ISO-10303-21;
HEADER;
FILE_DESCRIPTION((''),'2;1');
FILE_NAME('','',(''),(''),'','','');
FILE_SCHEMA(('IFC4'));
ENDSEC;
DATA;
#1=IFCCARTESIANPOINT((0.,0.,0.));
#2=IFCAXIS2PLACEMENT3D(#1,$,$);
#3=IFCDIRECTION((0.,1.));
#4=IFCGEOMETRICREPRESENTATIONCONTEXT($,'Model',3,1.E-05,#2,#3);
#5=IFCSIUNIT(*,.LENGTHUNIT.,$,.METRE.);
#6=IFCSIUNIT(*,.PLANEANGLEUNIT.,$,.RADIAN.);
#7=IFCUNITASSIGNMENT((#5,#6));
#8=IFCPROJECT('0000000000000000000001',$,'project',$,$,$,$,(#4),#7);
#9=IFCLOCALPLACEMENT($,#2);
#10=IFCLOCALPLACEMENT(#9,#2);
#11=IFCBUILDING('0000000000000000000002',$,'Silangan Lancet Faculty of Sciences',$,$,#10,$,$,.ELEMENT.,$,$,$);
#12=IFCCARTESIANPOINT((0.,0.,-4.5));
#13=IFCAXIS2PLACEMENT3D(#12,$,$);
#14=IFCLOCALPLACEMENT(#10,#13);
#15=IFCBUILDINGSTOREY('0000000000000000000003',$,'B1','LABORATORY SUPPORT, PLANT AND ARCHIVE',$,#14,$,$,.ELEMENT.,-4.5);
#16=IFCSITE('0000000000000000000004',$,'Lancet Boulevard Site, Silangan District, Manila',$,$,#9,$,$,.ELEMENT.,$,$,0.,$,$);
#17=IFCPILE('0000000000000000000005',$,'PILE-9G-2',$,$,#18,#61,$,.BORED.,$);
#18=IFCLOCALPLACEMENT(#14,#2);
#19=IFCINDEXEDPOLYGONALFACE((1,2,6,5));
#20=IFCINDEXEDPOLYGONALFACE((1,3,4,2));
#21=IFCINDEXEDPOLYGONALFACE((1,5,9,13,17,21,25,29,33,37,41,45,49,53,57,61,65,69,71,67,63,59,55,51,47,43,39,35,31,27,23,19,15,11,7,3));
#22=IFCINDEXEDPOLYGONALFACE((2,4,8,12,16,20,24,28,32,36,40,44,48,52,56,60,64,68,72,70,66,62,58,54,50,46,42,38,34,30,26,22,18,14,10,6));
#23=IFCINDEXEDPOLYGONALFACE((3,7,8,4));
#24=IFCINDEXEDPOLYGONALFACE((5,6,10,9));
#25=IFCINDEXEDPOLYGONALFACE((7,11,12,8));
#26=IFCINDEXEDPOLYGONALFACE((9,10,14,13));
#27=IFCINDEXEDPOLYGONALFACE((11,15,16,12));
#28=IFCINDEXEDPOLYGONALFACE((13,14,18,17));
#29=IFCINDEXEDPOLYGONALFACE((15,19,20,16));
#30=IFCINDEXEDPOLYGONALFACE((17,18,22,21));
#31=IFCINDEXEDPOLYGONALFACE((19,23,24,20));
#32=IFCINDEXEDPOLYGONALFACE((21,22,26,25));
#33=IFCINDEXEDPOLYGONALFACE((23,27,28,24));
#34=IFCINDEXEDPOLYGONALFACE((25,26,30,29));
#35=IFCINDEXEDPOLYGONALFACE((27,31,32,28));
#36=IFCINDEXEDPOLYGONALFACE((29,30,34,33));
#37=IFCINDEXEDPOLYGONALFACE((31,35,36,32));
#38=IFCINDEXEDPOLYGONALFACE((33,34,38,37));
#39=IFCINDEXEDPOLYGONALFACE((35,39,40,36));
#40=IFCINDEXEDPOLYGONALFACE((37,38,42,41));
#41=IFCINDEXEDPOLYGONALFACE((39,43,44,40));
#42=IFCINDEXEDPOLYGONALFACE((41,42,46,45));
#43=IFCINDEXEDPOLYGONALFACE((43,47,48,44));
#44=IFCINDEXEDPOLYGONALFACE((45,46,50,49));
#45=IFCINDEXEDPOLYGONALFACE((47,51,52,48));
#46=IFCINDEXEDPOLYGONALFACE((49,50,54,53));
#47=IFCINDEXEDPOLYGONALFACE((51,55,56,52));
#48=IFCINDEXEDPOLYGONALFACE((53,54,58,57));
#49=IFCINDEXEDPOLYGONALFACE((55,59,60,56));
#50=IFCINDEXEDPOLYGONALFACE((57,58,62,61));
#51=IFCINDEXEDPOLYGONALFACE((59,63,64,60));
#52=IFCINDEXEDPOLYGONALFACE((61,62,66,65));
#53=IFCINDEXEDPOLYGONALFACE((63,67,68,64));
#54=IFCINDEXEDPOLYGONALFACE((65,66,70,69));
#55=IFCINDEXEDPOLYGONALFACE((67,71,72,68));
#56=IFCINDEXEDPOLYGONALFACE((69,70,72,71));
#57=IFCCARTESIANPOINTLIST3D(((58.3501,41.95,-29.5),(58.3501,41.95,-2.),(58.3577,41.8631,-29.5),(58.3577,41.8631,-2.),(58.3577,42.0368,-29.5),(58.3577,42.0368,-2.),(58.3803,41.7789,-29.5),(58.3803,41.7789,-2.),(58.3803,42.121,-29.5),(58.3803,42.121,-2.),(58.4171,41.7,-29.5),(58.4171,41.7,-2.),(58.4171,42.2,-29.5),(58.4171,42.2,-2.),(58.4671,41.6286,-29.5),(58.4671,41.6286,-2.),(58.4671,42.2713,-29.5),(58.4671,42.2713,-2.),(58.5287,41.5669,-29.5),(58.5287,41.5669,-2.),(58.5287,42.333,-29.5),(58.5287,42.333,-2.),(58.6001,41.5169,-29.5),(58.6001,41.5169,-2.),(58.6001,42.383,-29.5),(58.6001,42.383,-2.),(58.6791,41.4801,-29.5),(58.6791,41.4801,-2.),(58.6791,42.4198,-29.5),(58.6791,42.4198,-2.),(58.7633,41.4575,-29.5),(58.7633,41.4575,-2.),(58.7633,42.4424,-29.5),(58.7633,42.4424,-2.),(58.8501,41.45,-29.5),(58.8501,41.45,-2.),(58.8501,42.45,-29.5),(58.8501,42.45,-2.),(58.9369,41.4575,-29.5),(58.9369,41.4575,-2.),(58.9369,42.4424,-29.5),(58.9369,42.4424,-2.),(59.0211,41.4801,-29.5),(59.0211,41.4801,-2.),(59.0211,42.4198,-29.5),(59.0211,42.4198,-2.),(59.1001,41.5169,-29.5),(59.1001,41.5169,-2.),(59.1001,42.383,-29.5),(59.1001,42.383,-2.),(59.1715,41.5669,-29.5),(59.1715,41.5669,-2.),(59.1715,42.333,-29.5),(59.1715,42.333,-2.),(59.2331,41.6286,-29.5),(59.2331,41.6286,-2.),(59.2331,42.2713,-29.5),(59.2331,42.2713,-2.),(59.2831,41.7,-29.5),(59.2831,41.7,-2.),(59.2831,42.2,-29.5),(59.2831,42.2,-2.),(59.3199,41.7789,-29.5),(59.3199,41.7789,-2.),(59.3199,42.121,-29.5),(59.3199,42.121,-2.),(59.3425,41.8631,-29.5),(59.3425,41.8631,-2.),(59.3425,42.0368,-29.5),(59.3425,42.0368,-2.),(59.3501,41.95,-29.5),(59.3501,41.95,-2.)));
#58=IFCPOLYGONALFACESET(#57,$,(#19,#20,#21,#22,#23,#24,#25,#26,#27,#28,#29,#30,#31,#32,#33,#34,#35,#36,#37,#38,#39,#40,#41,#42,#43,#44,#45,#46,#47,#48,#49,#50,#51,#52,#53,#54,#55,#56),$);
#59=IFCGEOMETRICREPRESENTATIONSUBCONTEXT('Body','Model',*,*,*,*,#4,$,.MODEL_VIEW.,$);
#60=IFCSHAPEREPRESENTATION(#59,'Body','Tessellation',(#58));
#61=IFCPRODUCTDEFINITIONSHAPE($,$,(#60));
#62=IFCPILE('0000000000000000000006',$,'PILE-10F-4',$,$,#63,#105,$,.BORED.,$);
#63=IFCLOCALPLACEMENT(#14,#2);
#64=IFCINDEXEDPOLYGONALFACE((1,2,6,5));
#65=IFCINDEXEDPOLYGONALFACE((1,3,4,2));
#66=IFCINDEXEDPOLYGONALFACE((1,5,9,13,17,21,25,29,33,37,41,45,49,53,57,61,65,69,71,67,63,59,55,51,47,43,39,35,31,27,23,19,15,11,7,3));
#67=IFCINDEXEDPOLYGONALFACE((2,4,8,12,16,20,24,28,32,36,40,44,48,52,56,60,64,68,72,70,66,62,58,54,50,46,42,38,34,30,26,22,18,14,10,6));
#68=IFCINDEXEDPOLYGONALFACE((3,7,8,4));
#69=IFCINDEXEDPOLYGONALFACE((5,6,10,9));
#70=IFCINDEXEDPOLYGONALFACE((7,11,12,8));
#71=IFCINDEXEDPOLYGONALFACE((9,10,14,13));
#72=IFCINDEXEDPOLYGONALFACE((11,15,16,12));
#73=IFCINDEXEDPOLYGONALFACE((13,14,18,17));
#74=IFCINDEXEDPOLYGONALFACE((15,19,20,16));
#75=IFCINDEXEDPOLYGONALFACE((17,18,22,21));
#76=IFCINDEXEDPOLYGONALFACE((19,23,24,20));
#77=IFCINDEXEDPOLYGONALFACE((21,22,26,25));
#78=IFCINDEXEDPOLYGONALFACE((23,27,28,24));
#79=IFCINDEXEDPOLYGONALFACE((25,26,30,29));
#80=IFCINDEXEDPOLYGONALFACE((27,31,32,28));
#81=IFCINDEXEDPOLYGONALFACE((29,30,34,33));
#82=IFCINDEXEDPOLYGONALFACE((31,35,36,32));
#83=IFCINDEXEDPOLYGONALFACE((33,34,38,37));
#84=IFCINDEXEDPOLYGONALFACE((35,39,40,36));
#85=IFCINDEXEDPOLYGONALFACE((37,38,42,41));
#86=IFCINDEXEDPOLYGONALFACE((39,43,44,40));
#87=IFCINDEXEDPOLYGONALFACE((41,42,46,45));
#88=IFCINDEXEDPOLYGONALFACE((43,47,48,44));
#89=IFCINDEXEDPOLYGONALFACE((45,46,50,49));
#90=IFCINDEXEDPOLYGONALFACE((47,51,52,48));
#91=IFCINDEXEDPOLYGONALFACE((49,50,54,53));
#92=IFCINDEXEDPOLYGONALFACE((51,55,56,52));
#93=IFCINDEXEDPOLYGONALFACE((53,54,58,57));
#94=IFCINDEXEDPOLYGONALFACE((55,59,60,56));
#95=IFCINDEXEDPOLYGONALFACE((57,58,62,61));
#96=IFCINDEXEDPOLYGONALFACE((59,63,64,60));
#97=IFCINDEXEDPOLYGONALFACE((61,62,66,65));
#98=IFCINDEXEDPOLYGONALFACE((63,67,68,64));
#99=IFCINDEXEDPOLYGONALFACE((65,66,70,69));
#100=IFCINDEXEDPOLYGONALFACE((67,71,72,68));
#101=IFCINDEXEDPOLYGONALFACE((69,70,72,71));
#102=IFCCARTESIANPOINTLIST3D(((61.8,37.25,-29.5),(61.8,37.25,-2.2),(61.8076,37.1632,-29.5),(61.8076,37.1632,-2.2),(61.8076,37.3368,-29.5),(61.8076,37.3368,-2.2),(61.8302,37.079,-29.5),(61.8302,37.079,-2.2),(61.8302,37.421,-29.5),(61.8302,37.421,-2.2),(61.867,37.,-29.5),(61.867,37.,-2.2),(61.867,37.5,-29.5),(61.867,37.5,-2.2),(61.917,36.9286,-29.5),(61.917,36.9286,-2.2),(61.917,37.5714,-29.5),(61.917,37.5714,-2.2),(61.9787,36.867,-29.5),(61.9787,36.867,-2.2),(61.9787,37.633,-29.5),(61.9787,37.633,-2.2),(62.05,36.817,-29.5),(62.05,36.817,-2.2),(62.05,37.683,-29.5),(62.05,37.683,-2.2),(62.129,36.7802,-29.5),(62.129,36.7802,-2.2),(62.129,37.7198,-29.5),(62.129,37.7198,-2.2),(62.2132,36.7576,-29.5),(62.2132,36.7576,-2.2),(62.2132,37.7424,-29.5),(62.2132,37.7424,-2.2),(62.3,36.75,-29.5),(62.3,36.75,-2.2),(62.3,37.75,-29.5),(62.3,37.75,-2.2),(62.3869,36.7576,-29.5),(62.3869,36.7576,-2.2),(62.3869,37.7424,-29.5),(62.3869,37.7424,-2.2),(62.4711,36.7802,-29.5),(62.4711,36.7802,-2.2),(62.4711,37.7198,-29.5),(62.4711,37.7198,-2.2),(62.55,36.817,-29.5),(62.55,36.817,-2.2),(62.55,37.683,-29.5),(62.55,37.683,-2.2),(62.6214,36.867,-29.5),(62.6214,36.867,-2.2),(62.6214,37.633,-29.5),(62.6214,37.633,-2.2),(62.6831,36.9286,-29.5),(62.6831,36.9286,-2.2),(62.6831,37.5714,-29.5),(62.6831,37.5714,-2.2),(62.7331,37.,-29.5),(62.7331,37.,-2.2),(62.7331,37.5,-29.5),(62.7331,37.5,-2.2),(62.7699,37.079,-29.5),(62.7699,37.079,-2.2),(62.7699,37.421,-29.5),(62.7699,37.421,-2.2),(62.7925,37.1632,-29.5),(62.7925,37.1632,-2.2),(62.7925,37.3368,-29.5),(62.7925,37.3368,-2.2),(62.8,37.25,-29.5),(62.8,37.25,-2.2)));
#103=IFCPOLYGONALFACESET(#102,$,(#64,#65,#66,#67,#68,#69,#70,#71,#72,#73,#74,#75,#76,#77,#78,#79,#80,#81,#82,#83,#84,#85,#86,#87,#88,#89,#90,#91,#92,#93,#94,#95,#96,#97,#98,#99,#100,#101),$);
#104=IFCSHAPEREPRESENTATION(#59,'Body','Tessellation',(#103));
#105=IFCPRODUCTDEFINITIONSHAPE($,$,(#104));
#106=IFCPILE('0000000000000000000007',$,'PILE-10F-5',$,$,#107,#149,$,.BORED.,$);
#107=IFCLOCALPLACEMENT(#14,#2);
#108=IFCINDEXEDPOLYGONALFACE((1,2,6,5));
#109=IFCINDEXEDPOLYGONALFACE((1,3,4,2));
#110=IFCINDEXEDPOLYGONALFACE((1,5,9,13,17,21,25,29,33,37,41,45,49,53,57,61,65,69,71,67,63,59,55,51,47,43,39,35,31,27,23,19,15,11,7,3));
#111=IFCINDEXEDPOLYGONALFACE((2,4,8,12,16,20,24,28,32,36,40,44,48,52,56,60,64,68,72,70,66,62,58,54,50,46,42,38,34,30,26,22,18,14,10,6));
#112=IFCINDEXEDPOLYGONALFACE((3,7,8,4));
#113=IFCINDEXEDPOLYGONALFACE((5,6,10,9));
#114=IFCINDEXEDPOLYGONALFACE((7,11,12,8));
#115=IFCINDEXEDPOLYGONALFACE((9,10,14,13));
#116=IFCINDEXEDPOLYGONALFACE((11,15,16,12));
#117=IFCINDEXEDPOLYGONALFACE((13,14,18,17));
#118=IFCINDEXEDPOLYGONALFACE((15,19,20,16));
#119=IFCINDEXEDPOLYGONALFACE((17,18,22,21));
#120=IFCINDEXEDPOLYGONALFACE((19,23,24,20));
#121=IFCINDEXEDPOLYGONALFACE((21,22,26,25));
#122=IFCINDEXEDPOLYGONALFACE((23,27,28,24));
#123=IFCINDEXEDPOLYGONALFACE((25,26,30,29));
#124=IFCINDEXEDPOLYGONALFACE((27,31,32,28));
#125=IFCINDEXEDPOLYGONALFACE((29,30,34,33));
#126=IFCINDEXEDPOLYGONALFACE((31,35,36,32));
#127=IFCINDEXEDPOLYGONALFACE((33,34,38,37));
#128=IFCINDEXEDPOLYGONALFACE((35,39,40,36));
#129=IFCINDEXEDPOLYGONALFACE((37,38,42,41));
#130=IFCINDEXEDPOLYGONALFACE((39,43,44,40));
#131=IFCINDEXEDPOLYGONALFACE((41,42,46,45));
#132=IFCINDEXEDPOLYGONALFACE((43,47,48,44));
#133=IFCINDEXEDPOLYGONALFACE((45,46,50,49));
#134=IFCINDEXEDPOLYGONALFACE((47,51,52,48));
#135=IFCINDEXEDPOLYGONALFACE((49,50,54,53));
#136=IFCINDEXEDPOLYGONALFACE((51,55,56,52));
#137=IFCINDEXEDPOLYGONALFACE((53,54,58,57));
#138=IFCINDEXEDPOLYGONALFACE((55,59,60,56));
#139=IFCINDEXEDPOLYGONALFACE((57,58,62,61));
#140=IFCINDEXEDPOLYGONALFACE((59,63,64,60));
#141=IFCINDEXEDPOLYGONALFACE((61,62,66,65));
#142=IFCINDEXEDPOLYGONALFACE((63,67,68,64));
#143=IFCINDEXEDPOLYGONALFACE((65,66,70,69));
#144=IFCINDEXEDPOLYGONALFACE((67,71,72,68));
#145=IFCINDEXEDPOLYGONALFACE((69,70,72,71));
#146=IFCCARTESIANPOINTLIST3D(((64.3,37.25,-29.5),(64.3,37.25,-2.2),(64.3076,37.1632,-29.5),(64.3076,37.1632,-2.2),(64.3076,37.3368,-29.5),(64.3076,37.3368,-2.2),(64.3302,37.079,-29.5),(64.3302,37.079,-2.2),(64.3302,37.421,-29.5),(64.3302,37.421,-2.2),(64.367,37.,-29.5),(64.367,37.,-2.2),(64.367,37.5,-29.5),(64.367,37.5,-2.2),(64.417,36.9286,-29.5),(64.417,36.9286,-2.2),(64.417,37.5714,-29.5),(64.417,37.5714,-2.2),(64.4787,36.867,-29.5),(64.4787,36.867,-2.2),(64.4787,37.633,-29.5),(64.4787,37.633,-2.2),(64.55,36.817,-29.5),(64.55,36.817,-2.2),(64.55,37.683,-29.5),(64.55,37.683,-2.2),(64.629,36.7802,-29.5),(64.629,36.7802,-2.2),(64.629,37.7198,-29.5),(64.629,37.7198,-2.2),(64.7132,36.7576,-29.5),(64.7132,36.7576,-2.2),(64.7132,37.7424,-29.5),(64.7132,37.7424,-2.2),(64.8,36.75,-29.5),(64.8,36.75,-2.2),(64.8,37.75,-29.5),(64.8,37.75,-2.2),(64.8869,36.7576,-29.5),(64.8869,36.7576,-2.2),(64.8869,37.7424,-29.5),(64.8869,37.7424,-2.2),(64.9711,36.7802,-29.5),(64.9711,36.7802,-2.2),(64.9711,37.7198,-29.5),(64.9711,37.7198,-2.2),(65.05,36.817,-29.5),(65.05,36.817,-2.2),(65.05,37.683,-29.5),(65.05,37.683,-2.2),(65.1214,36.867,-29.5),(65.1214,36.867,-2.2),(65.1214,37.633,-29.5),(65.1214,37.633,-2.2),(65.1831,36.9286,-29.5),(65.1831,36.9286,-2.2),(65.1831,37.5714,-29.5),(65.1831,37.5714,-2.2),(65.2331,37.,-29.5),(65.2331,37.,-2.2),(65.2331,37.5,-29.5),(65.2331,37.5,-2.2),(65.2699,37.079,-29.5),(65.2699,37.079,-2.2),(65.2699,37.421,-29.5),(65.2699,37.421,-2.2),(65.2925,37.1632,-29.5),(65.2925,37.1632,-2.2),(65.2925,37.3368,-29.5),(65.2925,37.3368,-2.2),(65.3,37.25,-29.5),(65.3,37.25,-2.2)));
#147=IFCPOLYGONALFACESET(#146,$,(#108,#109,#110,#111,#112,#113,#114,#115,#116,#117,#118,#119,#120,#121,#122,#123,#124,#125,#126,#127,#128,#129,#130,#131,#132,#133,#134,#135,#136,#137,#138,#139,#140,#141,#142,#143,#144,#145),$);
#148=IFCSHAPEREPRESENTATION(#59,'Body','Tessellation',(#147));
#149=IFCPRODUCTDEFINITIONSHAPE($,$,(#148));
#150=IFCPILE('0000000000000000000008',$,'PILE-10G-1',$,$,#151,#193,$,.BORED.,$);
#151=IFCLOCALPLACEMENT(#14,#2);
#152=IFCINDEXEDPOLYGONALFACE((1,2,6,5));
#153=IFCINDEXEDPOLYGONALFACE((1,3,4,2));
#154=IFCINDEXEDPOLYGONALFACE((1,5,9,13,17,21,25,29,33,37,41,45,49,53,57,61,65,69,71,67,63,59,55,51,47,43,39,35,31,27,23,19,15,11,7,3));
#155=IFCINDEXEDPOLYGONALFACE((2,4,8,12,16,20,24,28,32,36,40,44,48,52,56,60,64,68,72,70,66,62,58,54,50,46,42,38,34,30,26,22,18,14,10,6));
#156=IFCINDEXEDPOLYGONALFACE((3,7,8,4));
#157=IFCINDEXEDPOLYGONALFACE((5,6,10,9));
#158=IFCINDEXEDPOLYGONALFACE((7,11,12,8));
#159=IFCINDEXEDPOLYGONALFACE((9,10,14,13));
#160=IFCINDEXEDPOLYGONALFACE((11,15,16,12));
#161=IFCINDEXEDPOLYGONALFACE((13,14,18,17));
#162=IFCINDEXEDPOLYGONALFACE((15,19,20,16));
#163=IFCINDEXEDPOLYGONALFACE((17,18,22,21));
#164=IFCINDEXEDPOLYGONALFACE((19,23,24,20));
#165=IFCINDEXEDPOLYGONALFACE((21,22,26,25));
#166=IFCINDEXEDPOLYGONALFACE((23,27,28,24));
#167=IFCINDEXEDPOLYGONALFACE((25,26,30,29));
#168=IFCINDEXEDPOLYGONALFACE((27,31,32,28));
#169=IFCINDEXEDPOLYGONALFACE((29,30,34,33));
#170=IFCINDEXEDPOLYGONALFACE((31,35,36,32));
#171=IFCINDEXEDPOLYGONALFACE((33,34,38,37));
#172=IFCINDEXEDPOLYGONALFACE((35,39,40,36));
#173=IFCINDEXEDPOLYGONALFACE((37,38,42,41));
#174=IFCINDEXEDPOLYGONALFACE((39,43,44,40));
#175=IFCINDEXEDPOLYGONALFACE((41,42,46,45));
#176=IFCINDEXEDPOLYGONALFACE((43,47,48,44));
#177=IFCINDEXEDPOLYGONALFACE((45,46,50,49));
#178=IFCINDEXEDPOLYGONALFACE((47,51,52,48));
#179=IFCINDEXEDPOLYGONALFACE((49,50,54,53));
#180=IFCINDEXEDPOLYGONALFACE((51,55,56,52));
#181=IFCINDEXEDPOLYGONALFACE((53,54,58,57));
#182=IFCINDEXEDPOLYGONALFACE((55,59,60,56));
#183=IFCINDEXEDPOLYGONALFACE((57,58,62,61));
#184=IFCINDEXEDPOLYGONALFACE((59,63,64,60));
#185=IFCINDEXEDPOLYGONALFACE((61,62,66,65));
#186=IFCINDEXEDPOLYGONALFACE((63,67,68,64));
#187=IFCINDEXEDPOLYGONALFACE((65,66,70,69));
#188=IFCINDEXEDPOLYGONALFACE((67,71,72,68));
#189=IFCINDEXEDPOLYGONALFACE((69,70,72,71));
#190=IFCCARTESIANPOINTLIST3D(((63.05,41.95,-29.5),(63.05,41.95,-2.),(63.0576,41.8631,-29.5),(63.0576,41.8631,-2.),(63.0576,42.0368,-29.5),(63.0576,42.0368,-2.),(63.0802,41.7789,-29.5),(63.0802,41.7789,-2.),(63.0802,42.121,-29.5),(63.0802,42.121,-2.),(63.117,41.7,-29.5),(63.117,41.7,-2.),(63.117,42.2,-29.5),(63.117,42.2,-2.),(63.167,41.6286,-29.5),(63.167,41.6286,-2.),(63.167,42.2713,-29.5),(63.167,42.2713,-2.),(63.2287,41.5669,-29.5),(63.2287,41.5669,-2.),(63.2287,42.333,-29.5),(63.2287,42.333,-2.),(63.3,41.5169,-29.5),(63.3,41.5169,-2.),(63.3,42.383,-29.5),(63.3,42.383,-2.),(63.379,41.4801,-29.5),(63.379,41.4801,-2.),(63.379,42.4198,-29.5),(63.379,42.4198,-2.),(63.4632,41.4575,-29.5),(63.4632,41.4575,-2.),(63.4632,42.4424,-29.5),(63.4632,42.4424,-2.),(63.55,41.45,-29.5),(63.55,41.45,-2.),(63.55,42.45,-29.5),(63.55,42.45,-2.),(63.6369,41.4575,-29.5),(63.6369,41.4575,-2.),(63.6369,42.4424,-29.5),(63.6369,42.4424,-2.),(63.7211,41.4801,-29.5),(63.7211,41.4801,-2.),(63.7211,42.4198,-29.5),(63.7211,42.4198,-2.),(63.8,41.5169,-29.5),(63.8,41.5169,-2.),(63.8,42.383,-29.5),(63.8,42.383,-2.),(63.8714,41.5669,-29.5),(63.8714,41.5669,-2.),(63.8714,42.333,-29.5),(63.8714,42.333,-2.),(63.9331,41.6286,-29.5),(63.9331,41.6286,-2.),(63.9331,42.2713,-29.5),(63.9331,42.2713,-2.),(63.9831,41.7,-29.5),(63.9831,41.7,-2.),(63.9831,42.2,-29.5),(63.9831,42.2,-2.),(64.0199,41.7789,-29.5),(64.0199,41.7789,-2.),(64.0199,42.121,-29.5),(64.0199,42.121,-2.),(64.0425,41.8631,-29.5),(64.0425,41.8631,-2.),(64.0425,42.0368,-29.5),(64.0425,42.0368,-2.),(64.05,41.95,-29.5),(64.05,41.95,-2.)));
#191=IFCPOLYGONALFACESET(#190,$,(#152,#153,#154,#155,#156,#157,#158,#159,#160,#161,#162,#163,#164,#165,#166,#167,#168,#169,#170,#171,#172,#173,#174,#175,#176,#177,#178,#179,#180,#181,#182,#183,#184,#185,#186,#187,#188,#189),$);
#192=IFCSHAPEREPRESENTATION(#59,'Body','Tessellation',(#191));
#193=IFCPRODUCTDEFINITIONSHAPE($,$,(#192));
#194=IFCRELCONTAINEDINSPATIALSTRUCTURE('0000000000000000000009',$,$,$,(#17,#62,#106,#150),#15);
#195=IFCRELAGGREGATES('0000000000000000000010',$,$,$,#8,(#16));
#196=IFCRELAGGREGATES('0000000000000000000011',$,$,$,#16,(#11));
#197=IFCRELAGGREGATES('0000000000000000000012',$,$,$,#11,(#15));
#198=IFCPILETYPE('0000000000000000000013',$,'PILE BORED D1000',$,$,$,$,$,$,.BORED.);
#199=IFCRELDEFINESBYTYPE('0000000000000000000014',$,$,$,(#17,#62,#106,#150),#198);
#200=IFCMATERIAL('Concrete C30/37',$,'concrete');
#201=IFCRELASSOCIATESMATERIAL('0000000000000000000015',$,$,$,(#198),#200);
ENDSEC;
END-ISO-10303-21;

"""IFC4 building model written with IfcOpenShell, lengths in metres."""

from ifc_helpers import new_model, si_unit, direction, frame, origin, origin_2d, place, context, subcontext, project, spatial, circle, extrude, material, material_profile, profile_set, type_object, element, save


model = new_model("IFC4")

# Units and contexts
model_context = context("Model", 3, precision=1e-05, world=origin(), true_north=direction((0.0, 1.0)))
body_context = subcontext(model_context, "Body", "Model", "MODEL_VIEW")
ifc_project = project(units=[si_unit("LENGTHUNIT", "METRE"), si_unit("PLANEANGLEUNIT", "RADIAN")], contexts=[model_context])

# Site, building, storey
site_placement = place(None, origin())
site = spatial("IfcSite", under=ifc_project, at=site_placement, Name="Lancet Boulevard Site, Silangan District, Manila", CompositionType="ELEMENT", RefElevation=0.0)
building_placement = place(site_placement, origin())
building = spatial("IfcBuilding", under=site, at=building_placement, Name="Silangan Lancet Faculty of Sciences", CompositionType="ELEMENT")
storey_placement = place(building_placement, frame((0.0, 0.0, -4.5)))
storey = spatial("IfcBuildingStorey", under=building, at=storey_placement, Name="B1", Description="LABORATORY SUPPORT, PLANT AND ARCHIVE", CompositionType="ELEMENT", Elevation=-4.5)

# Piles
ifc_material_1 = material(Name="Concrete C30/37", Category="concrete")
ifc_material_profile_1 = material_profile(ifc_material_1, circle(Radius=0.5, at=origin_2d()), Name="BORED PILE D1000")
ifc_profile_set_1 = profile_set([ifc_material_profile_1], Name="Concrete C30/37")
pile_type = type_object("IfcPileType", Name="PILE BORED D1000", PredefinedType="BORED", material=ifc_profile_set_1)
for number, where, z_axis, x_axis, name in (
    (1, (58.8501, 41.95, -2.0), (0.0, 0.0, -1.0), (1.0, 0.0, 0.0), "PILE-9G-2"),
):
    element("IfcPile", number, at=place(storey_placement, frame(where, z_axis=z_axis, x_axis=x_axis)), inside=storey, type_object=pile_type, Name=name, PredefinedType="BORED", context=body_context, shape_type="SweptSolid", body=[
        extrude(circle(Radius=0.5, at=origin_2d()), origin(), (0.0, 0.0, 1.0), 27.5),
    ])
for number, where, z_axis, x_axis, name in (
    (2, (62.3, 37.25, -2.2), (0.0, 0.0, -1.0), (1.0, 0.0, 0.0), "PILE-10F-4"),
    (3, (64.8, 37.25, -2.2), (0.0, 0.0, -1.0), (1.0, 0.0, 0.0), "PILE-10F-5"),
):
    element("IfcPile", number, at=place(storey_placement, frame(where, z_axis=z_axis, x_axis=x_axis)), inside=storey, type_object=pile_type, Name=name, PredefinedType="BORED", context=body_context, shape_type="SweptSolid", body=[
        extrude(circle(Radius=0.5, at=origin_2d()), origin(), (0.0, 0.0, 1.0), 27.3),
    ])
for number, where, z_axis, x_axis, name in (
    (4, (63.55, 41.95, -2.0), (0.0, 0.0, -1.0), (1.0, 0.0, 0.0), "PILE-10G-1"),
):
    element("IfcPile", number, at=place(storey_placement, frame(where, z_axis=z_axis, x_axis=x_axis)), inside=storey, type_object=pile_type, Name=name, PredefinedType="BORED", context=body_context, shape_type="SweptSolid", body=[
        extrude(circle(Radius=0.5, at=origin_2d()), origin(), (0.0, 0.0, 1.0), 27.5),
    ])

save(model, "model.ifc")
